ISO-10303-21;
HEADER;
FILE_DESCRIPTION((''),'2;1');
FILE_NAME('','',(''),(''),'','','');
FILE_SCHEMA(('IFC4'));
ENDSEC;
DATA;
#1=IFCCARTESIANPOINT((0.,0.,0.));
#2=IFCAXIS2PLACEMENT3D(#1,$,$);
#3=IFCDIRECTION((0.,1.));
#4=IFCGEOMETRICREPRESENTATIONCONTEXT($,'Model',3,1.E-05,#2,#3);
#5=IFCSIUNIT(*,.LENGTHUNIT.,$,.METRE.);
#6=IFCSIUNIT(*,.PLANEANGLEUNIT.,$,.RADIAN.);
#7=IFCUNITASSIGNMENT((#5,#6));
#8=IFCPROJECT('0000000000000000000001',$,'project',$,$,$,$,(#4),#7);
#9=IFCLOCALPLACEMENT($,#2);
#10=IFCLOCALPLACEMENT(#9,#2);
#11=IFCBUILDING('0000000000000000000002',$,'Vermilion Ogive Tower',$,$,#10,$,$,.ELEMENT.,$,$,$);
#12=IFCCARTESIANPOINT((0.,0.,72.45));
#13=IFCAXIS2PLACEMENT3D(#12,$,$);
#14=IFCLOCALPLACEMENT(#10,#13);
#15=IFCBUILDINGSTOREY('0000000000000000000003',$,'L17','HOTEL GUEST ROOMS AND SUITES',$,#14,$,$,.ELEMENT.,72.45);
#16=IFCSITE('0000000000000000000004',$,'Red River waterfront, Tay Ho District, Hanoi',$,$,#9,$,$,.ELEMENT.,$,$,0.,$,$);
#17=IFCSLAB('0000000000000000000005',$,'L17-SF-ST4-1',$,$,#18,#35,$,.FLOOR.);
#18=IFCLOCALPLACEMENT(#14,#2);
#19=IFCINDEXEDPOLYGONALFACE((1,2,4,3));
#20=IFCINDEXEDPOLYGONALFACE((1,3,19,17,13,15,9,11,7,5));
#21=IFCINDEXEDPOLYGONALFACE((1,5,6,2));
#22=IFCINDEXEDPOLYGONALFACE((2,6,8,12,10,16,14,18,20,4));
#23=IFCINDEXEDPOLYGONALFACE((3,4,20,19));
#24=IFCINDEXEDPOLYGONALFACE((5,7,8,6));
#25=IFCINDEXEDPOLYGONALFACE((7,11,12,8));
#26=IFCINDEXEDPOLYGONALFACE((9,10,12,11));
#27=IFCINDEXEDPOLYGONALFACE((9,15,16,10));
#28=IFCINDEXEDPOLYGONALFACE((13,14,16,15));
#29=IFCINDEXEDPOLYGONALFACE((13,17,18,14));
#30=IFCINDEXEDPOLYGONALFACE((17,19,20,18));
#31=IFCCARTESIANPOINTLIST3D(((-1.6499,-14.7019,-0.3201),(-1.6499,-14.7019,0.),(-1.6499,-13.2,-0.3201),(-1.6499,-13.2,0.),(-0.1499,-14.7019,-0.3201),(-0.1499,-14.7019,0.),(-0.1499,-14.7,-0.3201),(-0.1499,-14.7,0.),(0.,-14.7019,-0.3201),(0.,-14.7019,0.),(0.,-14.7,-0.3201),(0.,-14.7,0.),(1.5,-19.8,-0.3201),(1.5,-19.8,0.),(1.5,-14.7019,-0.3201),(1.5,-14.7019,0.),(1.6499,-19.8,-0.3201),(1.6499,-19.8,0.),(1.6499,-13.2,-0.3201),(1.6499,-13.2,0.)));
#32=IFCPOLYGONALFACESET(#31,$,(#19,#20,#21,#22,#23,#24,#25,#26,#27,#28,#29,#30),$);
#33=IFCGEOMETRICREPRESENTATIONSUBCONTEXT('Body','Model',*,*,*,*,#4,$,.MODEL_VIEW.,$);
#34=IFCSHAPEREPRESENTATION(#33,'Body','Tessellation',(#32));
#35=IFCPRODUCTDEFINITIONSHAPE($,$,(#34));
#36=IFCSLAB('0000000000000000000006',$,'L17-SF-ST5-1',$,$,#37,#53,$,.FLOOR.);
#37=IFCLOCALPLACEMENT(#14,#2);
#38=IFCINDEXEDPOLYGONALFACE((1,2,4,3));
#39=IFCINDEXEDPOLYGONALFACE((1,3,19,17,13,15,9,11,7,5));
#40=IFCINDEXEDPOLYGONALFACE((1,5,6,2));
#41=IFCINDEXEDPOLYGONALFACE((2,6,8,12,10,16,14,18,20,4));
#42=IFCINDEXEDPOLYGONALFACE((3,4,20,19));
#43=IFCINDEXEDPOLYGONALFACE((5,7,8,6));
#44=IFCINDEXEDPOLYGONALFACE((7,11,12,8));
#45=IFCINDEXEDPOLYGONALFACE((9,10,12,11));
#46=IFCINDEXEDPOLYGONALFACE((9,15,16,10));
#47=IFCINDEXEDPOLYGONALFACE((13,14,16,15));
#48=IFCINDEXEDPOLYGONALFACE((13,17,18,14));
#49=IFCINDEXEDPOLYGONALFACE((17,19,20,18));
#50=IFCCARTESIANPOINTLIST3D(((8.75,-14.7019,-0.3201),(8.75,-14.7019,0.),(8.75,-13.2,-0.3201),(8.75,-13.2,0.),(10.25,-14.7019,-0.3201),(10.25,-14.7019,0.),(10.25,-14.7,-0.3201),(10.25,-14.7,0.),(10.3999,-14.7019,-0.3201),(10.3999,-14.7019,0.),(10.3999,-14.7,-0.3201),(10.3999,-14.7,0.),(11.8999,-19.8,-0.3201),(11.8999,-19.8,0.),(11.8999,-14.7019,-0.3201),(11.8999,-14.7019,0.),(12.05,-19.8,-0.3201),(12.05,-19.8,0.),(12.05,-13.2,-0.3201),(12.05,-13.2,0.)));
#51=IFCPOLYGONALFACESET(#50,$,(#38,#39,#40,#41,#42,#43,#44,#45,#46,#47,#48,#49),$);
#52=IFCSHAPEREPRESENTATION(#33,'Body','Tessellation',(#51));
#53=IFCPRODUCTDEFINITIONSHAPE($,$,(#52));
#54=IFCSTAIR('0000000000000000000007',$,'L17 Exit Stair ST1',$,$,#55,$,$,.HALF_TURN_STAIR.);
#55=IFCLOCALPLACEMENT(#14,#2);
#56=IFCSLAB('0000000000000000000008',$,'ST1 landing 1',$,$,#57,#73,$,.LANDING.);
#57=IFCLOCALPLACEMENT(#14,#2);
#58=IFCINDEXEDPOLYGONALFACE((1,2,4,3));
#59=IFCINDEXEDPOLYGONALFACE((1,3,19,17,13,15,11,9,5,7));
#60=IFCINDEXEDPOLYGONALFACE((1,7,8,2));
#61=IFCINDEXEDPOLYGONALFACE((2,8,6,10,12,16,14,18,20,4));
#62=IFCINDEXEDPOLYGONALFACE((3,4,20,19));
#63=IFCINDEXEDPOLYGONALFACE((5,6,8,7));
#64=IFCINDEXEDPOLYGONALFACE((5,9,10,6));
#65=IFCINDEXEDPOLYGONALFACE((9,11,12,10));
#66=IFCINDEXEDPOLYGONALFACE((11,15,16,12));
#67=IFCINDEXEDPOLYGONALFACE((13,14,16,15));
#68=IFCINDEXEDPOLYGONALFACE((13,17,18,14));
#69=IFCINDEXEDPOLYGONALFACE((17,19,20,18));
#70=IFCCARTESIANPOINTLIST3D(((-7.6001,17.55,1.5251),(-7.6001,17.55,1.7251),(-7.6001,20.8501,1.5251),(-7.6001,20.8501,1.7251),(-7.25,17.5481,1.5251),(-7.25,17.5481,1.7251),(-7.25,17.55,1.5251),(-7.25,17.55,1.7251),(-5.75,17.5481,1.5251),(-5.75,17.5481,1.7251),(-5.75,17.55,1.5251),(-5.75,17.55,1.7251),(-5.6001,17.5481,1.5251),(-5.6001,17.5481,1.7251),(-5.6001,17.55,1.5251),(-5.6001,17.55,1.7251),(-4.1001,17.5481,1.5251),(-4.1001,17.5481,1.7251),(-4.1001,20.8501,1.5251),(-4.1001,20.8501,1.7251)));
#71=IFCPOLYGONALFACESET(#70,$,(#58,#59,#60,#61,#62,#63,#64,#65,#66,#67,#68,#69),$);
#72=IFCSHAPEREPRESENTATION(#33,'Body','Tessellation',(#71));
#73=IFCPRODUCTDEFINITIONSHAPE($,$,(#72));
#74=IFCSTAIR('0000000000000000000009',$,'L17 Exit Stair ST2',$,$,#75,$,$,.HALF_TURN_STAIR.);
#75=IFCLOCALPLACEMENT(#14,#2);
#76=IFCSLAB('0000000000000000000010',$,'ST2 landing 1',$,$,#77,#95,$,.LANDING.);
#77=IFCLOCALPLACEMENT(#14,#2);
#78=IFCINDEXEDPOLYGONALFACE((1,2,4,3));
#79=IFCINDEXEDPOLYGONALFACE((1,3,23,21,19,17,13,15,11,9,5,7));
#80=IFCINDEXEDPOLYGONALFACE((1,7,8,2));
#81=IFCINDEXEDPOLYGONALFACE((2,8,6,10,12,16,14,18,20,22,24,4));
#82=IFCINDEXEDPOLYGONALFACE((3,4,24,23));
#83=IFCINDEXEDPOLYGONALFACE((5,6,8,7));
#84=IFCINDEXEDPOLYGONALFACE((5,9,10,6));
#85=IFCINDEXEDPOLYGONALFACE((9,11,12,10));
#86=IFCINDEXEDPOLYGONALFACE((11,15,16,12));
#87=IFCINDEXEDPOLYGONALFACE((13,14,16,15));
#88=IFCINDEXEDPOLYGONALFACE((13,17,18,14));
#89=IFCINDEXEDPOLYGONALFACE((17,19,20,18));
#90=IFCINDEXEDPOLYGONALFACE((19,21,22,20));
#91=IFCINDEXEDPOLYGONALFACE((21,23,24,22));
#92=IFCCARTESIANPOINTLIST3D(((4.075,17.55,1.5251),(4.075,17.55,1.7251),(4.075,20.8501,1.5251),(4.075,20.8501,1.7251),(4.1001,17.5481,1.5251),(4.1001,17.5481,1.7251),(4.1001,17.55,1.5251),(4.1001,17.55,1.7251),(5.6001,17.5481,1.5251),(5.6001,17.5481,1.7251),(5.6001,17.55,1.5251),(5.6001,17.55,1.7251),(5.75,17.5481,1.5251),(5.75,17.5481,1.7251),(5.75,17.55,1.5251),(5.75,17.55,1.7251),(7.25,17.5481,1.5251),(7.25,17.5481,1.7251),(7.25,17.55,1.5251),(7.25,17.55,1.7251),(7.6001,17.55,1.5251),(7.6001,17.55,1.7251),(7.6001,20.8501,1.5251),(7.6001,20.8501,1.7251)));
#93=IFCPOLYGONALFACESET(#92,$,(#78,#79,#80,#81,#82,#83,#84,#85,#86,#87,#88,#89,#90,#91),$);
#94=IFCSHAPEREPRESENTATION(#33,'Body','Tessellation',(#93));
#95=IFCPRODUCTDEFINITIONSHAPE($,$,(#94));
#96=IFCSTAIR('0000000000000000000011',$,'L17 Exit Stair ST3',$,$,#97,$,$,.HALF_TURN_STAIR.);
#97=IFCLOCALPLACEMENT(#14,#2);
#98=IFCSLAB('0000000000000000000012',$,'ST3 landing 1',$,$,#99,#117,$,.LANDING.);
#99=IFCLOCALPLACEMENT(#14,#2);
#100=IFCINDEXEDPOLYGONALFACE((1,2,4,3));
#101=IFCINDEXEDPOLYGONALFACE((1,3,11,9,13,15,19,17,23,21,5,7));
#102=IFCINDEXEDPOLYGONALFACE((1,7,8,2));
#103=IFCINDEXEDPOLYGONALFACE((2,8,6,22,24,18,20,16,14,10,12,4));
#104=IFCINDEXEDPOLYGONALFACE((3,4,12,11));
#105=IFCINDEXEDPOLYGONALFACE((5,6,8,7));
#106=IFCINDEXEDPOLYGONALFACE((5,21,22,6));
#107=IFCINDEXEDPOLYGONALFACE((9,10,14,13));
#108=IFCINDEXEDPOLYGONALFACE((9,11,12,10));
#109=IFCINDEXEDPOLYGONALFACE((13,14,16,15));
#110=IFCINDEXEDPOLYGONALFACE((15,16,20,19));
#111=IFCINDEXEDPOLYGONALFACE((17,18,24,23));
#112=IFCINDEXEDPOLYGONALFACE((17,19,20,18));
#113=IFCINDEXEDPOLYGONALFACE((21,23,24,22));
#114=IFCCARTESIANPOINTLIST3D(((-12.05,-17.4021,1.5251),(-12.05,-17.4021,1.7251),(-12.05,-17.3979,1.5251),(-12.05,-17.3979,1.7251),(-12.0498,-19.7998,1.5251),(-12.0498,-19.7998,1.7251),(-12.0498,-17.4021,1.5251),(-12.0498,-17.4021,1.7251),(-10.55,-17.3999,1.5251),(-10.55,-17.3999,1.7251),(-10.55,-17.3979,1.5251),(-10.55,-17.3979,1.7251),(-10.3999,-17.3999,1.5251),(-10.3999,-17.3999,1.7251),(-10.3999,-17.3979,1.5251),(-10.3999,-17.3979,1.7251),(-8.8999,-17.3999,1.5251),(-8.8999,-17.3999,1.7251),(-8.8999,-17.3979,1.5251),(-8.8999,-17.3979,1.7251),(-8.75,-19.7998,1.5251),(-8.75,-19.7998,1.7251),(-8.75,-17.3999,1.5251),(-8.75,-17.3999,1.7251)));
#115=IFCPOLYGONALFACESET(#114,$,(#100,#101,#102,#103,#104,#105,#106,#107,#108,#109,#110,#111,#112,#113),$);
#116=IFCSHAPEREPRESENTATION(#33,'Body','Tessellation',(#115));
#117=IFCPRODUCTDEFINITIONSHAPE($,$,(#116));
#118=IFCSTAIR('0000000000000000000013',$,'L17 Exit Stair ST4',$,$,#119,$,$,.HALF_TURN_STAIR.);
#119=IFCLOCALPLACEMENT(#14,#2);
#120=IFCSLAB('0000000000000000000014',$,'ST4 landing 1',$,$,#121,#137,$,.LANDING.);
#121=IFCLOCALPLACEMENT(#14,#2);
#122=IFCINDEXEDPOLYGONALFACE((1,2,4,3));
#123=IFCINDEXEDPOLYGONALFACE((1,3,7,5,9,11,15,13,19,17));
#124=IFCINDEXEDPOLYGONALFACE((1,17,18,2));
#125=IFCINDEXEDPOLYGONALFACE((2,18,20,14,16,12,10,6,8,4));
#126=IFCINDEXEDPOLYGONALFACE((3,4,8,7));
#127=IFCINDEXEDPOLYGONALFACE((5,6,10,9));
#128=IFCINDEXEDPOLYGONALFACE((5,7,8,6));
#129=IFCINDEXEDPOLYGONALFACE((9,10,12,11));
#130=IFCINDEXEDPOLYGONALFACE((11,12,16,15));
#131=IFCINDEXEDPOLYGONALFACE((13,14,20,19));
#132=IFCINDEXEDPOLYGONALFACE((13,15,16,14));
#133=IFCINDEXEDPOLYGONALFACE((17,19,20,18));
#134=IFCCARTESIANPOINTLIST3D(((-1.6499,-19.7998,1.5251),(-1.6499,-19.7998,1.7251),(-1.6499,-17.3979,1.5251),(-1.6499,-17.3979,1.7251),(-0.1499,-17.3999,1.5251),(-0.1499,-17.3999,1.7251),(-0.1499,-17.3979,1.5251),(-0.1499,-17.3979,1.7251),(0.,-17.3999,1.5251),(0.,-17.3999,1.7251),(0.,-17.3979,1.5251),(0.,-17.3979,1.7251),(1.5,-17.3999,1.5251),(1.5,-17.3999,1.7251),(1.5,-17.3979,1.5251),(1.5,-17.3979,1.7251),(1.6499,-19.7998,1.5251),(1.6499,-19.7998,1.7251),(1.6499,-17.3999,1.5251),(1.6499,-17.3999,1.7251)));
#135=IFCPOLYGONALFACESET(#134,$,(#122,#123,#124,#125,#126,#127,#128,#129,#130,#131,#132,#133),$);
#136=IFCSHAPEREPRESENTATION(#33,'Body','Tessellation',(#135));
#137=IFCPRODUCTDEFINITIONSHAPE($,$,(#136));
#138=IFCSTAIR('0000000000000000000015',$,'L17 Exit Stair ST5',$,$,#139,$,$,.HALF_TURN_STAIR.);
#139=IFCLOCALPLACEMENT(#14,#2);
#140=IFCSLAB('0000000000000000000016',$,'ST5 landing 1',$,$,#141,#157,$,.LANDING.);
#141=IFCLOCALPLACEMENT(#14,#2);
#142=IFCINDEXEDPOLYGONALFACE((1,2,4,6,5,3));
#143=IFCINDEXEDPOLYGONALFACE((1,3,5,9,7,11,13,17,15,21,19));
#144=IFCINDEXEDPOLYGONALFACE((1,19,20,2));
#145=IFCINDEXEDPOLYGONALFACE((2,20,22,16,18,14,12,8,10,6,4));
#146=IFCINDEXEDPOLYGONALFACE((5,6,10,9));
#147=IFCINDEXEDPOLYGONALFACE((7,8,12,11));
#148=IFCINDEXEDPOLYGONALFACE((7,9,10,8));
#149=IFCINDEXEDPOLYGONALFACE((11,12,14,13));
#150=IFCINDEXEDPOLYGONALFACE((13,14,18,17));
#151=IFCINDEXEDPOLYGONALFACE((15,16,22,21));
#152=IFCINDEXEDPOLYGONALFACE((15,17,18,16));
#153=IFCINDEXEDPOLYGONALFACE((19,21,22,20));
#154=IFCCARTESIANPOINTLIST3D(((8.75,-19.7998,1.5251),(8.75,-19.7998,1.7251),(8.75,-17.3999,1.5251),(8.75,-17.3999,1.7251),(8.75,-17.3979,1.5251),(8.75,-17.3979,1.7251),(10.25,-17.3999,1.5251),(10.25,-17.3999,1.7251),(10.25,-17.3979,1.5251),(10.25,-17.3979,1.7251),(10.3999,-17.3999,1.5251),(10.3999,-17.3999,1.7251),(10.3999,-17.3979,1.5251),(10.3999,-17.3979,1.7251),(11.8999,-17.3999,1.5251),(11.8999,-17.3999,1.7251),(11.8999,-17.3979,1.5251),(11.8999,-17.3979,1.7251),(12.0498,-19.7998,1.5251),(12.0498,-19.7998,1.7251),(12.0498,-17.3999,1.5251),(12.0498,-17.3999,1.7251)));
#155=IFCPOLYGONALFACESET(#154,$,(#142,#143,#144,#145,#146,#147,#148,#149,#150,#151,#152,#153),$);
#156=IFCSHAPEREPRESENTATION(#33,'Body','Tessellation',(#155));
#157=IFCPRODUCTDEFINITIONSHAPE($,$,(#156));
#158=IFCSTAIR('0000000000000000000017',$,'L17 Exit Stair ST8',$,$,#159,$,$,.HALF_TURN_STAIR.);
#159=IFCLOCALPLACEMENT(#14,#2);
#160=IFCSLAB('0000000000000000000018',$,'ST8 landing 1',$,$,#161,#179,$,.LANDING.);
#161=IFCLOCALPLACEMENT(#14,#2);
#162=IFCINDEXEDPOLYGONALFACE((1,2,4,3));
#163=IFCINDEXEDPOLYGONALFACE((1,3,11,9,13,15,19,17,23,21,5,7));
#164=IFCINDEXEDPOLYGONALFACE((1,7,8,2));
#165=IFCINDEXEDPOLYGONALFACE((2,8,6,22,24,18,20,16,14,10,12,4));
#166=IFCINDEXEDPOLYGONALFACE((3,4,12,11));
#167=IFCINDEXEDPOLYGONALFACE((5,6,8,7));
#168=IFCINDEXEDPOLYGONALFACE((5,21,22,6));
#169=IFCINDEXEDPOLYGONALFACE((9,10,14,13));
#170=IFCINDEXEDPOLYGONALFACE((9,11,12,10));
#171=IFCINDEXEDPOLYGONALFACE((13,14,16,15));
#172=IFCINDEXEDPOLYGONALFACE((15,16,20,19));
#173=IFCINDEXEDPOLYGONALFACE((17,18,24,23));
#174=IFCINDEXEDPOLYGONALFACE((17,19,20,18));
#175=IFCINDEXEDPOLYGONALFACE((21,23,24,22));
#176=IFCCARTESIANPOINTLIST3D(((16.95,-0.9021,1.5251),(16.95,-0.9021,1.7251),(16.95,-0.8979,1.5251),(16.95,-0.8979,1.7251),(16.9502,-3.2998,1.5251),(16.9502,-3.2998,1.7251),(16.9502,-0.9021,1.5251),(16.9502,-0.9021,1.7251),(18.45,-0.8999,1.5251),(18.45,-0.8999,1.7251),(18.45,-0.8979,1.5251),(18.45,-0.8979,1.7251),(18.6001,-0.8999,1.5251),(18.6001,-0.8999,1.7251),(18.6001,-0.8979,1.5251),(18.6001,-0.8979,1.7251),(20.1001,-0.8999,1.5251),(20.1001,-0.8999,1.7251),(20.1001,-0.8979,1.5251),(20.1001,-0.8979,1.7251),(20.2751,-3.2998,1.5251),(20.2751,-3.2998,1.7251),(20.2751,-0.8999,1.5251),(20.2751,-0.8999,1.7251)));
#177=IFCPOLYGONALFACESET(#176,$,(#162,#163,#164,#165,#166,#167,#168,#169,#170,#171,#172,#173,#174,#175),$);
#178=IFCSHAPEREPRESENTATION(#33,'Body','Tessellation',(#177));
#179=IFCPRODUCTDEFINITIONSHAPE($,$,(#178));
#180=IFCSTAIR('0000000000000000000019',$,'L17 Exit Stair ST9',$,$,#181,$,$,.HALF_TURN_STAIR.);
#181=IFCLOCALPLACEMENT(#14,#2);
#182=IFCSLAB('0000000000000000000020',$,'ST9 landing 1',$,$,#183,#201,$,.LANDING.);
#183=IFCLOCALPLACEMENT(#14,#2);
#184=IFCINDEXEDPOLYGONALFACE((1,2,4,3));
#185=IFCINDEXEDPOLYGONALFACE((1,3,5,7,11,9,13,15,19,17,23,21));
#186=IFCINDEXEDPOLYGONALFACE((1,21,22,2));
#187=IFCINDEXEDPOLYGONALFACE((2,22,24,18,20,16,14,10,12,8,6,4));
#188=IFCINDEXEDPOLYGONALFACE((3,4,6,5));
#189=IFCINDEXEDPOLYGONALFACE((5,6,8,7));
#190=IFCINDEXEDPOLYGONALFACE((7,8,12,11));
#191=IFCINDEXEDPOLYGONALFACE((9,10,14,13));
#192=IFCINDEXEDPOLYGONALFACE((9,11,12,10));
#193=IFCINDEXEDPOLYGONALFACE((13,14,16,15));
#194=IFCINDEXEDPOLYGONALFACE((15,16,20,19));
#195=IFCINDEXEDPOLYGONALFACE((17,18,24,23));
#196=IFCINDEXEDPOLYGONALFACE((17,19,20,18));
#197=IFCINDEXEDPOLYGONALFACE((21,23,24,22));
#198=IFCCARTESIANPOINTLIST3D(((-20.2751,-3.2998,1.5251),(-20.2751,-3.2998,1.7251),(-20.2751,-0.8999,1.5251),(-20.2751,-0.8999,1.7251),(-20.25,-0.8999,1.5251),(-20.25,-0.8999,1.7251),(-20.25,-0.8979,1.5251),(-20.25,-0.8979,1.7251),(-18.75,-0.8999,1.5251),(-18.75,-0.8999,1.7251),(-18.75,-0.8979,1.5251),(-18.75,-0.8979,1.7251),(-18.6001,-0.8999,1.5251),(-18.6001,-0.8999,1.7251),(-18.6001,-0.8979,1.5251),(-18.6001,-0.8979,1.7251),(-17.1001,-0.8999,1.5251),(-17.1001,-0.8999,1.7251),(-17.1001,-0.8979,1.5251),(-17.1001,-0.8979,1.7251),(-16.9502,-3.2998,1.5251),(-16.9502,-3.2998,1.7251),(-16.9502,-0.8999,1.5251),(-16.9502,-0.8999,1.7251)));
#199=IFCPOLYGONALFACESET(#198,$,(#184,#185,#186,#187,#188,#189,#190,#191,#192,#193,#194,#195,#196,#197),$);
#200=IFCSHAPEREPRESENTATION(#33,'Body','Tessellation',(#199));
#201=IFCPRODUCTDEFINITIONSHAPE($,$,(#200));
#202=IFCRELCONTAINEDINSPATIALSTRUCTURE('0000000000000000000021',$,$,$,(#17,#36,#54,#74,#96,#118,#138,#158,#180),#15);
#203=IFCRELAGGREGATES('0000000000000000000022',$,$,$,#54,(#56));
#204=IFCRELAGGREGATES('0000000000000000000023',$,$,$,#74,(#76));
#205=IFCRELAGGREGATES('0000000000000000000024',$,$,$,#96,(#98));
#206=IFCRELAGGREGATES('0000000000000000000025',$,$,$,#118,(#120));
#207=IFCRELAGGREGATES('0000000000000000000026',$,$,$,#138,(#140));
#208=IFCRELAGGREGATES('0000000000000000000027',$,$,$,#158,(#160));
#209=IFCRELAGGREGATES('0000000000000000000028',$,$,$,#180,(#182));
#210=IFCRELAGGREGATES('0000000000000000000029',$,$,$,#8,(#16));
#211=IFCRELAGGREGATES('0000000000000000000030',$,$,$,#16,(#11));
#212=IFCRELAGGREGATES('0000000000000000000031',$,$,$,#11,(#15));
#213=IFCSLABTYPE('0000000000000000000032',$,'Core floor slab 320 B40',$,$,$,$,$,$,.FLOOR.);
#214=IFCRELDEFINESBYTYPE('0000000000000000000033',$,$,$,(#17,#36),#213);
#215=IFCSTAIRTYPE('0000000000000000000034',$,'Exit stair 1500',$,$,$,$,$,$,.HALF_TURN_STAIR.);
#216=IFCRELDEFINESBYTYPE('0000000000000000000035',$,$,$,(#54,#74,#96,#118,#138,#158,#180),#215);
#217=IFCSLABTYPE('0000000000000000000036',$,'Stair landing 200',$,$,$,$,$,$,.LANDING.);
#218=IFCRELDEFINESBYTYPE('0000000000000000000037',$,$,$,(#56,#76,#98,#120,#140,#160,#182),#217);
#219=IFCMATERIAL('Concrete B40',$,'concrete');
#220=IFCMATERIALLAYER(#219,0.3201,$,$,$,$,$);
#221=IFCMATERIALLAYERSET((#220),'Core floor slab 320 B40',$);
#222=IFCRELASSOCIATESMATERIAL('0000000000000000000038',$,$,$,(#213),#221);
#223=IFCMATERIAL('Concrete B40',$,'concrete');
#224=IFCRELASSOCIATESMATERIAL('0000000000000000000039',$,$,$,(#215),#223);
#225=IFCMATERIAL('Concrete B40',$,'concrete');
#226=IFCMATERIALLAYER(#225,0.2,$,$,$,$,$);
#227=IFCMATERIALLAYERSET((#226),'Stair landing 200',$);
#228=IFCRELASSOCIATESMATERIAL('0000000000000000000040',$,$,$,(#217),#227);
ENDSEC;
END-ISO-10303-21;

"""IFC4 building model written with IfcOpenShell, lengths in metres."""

from ifc_helpers import new_model, si_unit, direction, frame, origin, place, context, subcontext, project, spatial, polyline, outline, extrude, material, layer, layer_set, type_object, element, aggregate, save


model = new_model("IFC4")

# Units and contexts
model_context = context("Model", 3, precision=1e-05, world=origin(), true_north=direction((0.0, 1.0)))
body_context = subcontext(model_context, "Body", "Model", "MODEL_VIEW")
ifc_project = project(units=[si_unit("LENGTHUNIT", "METRE"), si_unit("PLANEANGLEUNIT", "RADIAN")], contexts=[model_context])

# Site, building, storey
site_placement = place(None, origin())
site = spatial("IfcSite", under=ifc_project, at=site_placement, Name="Red River waterfront, Tay Ho District, Hanoi", CompositionType="ELEMENT", RefElevation=0.0)
building_placement = place(site_placement, origin())
building = spatial("IfcBuilding", under=site, at=building_placement, Name="Vermilion Ogive Tower", CompositionType="ELEMENT")
storey_placement = place(building_placement, frame((0.0, 0.0, 72.45)))
storey = spatial("IfcBuildingStorey", under=building, at=storey_placement, Name="L17", Description="HOTEL GUEST ROOMS AND SUITES", CompositionType="ELEMENT", Elevation=72.45)

# Slabs
ifc_material_1 = material(Name="Concrete B40", Category="concrete")
ifc_layer_1 = layer(ifc_material_1, 0.3201)
ifc_layer_set_1 = layer_set([ifc_layer_1], Name="Core floor slab 320 B40")
slab_type_1 = type_object("IfcSlabType", Name="Core floor slab 320 B40", PredefinedType="FLOOR", material=ifc_layer_set_1)
slab_1_placement = place(storey_placement, frame((0.0, 0.0, -0.3201)))
element("IfcSlab", 1, at=slab_1_placement, inside=storey, type_object=slab_type_1, Name="L17-SF-ST4-1", PredefinedType="FLOOR", context=body_context, shape_type="SweptSolid", body=[
    extrude(outline(polyline([(-1.6499, -13.2), (-1.6499, -14.7019), (-0.1499, -14.7019), (-0.1499, -14.7), (0.0, -14.7), (0.0, -14.7019), (1.5, -14.7019), (1.5, -19.8), (1.6499, -19.8), (1.6499, -13.2), (-1.6499, -13.2)])), origin(), (0.0, 0.0, 1.0), 0.3201),
])
slab_2_placement = place(storey_placement, frame((0.0, 0.0, -0.3201)))
element("IfcSlab", 2, at=slab_2_placement, inside=storey, type_object=slab_type_1, Name="L17-SF-ST5-1", PredefinedType="FLOOR", context=body_context, shape_type="SweptSolid", body=[
    extrude(outline(polyline([(8.75, -13.2), (8.75, -14.7019), (10.25, -14.7019), (10.25, -14.7), (10.3999, -14.7), (10.3999, -14.7019), (11.8999, -14.7019), (11.8999, -19.8), (12.05, -19.8), (12.05, -13.2), (8.75, -13.2)])), origin(), (0.0, 0.0, 1.0), 0.3201),
])

# Stairs, slabs
ifc_material_2 = material(Name="Concrete B40", Category="concrete")
stair_type = type_object("IfcStairType", Name="Exit stair 1500", PredefinedType="HALF_TURN_STAIR", material=ifc_material_2)
stair_1_placement = place(storey_placement, origin())
stair_1 = element("IfcStair", 3, at=stair_1_placement, inside=storey, type_object=stair_type, Name="L17 Exit Stair ST1", PredefinedType="HALF_TURN_STAIR")
ifc_material_3 = material(Name="Concrete B40", Category="concrete")
ifc_layer_2 = layer(ifc_material_3, 0.2)
ifc_layer_set_2 = layer_set([ifc_layer_2], Name="Stair landing 200")
slab_type_2 = type_object("IfcSlabType", Name="Stair landing 200", PredefinedType="LANDING", material=ifc_layer_set_2)
slab_3_placement = place(storey_placement, frame((0.0, 0.0, 1.5251)))
slab_3 = element("IfcSlab", 4, at=slab_3_placement, type_object=slab_type_2, Name="ST1 landing 1", PredefinedType="LANDING", context=body_context, shape_type="SweptSolid", body=[
    extrude(outline(polyline([(-7.6001, 17.55), (-7.25, 17.55), (-7.25, 17.5481), (-5.75, 17.5481), (-5.75, 17.55), (-5.6001, 17.55), (-5.6001, 17.5481), (-4.1001, 17.5481), (-4.1001, 20.8501), (-7.6001, 20.8501), (-7.6001, 17.55)])), origin(), (0.0, 0.0, 1.0), 0.2),
])
aggregate(stair_1, [slab_3])
stair_2_placement = place(storey_placement, origin())
stair_2 = element("IfcStair", 5, at=stair_2_placement, inside=storey, type_object=stair_type, Name="L17 Exit Stair ST2", PredefinedType="HALF_TURN_STAIR")
slab_4_placement = place(storey_placement, frame((0.0, 0.0, 1.5251)))
slab_4 = element("IfcSlab", 6, at=slab_4_placement, type_object=slab_type_2, Name="ST2 landing 1", PredefinedType="LANDING", context=body_context, shape_type="SweptSolid", body=[
    extrude(outline(polyline([(5.6001, 17.55), (5.75, 17.55), (5.75, 17.5481), (7.25, 17.5481), (7.25, 17.55), (7.6001, 17.55), (7.6001, 20.8501), (4.075, 20.8501), (4.075, 17.55), (4.1001, 17.55), (4.1001, 17.5481), (5.6001, 17.5481), (5.6001, 17.55)])), origin(), (0.0, 0.0, 1.0), 0.2),
])
aggregate(stair_2, [slab_4])
stair_3_placement = place(storey_placement, origin())
stair_3 = element("IfcStair", 7, at=stair_3_placement, inside=storey, type_object=stair_type, Name="L17 Exit Stair ST3", PredefinedType="HALF_TURN_STAIR")
slab_5_placement = place(storey_placement, frame((0.0, 0.0, 1.5251)))
slab_5 = element("IfcSlab", 8, at=slab_5_placement, type_object=slab_type_2, Name="ST3 landing 1", PredefinedType="LANDING", context=body_context, shape_type="SweptSolid", body=[
    extrude(outline(polyline([(-8.75, -17.3999), (-8.8999, -17.3999), (-8.8999, -17.3979), (-10.3999, -17.3979), (-10.3999, -17.3999), (-10.55, -17.3999), (-10.55, -17.3979), (-12.05, -17.3979), (-12.05, -17.4021), (-12.0498, -17.4021), (-12.0498, -19.7998), (-8.75, -19.7998), (-8.75, -17.3999)])), origin(), (0.0, 0.0, 1.0), 0.2),
])
aggregate(stair_3, [slab_5])
stair_4_placement = place(storey_placement, origin())
stair_4 = element("IfcStair", 9, at=stair_4_placement, inside=storey, type_object=stair_type, Name="L17 Exit Stair ST4", PredefinedType="HALF_TURN_STAIR")
slab_6_placement = place(storey_placement, frame((0.0, 0.0, 1.5251)))
slab_6 = element("IfcSlab", 10, at=slab_6_placement, type_object=slab_type_2, Name="ST4 landing 1", PredefinedType="LANDING", context=body_context, shape_type="SweptSolid", body=[
    extrude(outline(polyline([(1.6499, -17.3999), (1.5, -17.3999), (1.5, -17.3979), (0.0, -17.3979), (0.0, -17.3999), (-0.1499, -17.3999), (-0.1499, -17.3979), (-1.6499, -17.3979), (-1.6499, -19.7998), (1.6499, -19.7998), (1.6499, -17.3999)])), origin(), (0.0, 0.0, 1.0), 0.2),
])
aggregate(stair_4, [slab_6])
stair_5_placement = place(storey_placement, origin())
stair_5 = element("IfcStair", 11, at=stair_5_placement, inside=storey, type_object=stair_type, Name="L17 Exit Stair ST5", PredefinedType="HALF_TURN_STAIR")
slab_7_placement = place(storey_placement, frame((0.0, 0.0, 1.5251)))
slab_7 = element("IfcSlab", 12, at=slab_7_placement, type_object=slab_type_2, Name="ST5 landing 1", PredefinedType="LANDING", context=body_context, shape_type="SweptSolid", body=[
    extrude(outline(polyline([(12.0498, -17.3999), (11.8999, -17.3999), (11.8999, -17.3979), (10.3999, -17.3979), (10.3999, -17.3999), (10.25, -17.3999), (10.25, -17.3979), (8.75, -17.3979), (8.75, -17.3999), (8.75, -17.3999), (8.75, -19.7998), (12.0498, -19.7998), (12.0498, -17.3999)])), origin(), (0.0, 0.0, 1.0), 0.2),
])
aggregate(stair_5, [slab_7])
stair_6_placement = place(storey_placement, origin())
stair_6 = element("IfcStair", 13, at=stair_6_placement, inside=storey, type_object=stair_type, Name="L17 Exit Stair ST8", PredefinedType="HALF_TURN_STAIR")
slab_8_placement = place(storey_placement, frame((0.0, 0.0, 1.5251)))
slab_8 = element("IfcSlab", 14, at=slab_8_placement, type_object=slab_type_2, Name="ST8 landing 1", PredefinedType="LANDING", context=body_context, shape_type="SweptSolid", body=[
    extrude(outline(polyline([(20.2751, -0.8999), (20.1001, -0.8999), (20.1001, -0.8979), (18.6001, -0.8979), (18.6001, -0.8999), (18.45, -0.8999), (18.45, -0.8979), (16.95, -0.8979), (16.95, -0.9021), (16.9502, -0.9021), (16.9502, -3.2998), (20.2751, -3.2998), (20.2751, -0.8999)])), origin(), (0.0, 0.0, 1.0), 0.2),
])
aggregate(stair_6, [slab_8])
stair_7_placement = place(storey_placement, origin())
stair_7 = element("IfcStair", 15, at=stair_7_placement, inside=storey, type_object=stair_type, Name="L17 Exit Stair ST9", PredefinedType="HALF_TURN_STAIR")
slab_9_placement = place(storey_placement, frame((0.0, 0.0, 1.5251)))
slab_9 = element("IfcSlab", 16, at=slab_9_placement, type_object=slab_type_2, Name="ST9 landing 1", PredefinedType="LANDING", context=body_context, shape_type="SweptSolid", body=[
    extrude(outline(polyline([(-16.9502, -0.8999), (-17.1001, -0.8999), (-17.1001, -0.8979), (-18.6001, -0.8979), (-18.6001, -0.8999), (-18.75, -0.8999), (-18.75, -0.8979), (-20.25, -0.8979), (-20.25, -0.8999), (-20.2751, -0.8999), (-20.2751, -3.2998), (-16.9502, -3.2998), (-16.9502, -0.8999)])), origin(), (0.0, 0.0, 1.0), 0.2),
])
aggregate(stair_7, [slab_9])

save(model, "model.ifc")
